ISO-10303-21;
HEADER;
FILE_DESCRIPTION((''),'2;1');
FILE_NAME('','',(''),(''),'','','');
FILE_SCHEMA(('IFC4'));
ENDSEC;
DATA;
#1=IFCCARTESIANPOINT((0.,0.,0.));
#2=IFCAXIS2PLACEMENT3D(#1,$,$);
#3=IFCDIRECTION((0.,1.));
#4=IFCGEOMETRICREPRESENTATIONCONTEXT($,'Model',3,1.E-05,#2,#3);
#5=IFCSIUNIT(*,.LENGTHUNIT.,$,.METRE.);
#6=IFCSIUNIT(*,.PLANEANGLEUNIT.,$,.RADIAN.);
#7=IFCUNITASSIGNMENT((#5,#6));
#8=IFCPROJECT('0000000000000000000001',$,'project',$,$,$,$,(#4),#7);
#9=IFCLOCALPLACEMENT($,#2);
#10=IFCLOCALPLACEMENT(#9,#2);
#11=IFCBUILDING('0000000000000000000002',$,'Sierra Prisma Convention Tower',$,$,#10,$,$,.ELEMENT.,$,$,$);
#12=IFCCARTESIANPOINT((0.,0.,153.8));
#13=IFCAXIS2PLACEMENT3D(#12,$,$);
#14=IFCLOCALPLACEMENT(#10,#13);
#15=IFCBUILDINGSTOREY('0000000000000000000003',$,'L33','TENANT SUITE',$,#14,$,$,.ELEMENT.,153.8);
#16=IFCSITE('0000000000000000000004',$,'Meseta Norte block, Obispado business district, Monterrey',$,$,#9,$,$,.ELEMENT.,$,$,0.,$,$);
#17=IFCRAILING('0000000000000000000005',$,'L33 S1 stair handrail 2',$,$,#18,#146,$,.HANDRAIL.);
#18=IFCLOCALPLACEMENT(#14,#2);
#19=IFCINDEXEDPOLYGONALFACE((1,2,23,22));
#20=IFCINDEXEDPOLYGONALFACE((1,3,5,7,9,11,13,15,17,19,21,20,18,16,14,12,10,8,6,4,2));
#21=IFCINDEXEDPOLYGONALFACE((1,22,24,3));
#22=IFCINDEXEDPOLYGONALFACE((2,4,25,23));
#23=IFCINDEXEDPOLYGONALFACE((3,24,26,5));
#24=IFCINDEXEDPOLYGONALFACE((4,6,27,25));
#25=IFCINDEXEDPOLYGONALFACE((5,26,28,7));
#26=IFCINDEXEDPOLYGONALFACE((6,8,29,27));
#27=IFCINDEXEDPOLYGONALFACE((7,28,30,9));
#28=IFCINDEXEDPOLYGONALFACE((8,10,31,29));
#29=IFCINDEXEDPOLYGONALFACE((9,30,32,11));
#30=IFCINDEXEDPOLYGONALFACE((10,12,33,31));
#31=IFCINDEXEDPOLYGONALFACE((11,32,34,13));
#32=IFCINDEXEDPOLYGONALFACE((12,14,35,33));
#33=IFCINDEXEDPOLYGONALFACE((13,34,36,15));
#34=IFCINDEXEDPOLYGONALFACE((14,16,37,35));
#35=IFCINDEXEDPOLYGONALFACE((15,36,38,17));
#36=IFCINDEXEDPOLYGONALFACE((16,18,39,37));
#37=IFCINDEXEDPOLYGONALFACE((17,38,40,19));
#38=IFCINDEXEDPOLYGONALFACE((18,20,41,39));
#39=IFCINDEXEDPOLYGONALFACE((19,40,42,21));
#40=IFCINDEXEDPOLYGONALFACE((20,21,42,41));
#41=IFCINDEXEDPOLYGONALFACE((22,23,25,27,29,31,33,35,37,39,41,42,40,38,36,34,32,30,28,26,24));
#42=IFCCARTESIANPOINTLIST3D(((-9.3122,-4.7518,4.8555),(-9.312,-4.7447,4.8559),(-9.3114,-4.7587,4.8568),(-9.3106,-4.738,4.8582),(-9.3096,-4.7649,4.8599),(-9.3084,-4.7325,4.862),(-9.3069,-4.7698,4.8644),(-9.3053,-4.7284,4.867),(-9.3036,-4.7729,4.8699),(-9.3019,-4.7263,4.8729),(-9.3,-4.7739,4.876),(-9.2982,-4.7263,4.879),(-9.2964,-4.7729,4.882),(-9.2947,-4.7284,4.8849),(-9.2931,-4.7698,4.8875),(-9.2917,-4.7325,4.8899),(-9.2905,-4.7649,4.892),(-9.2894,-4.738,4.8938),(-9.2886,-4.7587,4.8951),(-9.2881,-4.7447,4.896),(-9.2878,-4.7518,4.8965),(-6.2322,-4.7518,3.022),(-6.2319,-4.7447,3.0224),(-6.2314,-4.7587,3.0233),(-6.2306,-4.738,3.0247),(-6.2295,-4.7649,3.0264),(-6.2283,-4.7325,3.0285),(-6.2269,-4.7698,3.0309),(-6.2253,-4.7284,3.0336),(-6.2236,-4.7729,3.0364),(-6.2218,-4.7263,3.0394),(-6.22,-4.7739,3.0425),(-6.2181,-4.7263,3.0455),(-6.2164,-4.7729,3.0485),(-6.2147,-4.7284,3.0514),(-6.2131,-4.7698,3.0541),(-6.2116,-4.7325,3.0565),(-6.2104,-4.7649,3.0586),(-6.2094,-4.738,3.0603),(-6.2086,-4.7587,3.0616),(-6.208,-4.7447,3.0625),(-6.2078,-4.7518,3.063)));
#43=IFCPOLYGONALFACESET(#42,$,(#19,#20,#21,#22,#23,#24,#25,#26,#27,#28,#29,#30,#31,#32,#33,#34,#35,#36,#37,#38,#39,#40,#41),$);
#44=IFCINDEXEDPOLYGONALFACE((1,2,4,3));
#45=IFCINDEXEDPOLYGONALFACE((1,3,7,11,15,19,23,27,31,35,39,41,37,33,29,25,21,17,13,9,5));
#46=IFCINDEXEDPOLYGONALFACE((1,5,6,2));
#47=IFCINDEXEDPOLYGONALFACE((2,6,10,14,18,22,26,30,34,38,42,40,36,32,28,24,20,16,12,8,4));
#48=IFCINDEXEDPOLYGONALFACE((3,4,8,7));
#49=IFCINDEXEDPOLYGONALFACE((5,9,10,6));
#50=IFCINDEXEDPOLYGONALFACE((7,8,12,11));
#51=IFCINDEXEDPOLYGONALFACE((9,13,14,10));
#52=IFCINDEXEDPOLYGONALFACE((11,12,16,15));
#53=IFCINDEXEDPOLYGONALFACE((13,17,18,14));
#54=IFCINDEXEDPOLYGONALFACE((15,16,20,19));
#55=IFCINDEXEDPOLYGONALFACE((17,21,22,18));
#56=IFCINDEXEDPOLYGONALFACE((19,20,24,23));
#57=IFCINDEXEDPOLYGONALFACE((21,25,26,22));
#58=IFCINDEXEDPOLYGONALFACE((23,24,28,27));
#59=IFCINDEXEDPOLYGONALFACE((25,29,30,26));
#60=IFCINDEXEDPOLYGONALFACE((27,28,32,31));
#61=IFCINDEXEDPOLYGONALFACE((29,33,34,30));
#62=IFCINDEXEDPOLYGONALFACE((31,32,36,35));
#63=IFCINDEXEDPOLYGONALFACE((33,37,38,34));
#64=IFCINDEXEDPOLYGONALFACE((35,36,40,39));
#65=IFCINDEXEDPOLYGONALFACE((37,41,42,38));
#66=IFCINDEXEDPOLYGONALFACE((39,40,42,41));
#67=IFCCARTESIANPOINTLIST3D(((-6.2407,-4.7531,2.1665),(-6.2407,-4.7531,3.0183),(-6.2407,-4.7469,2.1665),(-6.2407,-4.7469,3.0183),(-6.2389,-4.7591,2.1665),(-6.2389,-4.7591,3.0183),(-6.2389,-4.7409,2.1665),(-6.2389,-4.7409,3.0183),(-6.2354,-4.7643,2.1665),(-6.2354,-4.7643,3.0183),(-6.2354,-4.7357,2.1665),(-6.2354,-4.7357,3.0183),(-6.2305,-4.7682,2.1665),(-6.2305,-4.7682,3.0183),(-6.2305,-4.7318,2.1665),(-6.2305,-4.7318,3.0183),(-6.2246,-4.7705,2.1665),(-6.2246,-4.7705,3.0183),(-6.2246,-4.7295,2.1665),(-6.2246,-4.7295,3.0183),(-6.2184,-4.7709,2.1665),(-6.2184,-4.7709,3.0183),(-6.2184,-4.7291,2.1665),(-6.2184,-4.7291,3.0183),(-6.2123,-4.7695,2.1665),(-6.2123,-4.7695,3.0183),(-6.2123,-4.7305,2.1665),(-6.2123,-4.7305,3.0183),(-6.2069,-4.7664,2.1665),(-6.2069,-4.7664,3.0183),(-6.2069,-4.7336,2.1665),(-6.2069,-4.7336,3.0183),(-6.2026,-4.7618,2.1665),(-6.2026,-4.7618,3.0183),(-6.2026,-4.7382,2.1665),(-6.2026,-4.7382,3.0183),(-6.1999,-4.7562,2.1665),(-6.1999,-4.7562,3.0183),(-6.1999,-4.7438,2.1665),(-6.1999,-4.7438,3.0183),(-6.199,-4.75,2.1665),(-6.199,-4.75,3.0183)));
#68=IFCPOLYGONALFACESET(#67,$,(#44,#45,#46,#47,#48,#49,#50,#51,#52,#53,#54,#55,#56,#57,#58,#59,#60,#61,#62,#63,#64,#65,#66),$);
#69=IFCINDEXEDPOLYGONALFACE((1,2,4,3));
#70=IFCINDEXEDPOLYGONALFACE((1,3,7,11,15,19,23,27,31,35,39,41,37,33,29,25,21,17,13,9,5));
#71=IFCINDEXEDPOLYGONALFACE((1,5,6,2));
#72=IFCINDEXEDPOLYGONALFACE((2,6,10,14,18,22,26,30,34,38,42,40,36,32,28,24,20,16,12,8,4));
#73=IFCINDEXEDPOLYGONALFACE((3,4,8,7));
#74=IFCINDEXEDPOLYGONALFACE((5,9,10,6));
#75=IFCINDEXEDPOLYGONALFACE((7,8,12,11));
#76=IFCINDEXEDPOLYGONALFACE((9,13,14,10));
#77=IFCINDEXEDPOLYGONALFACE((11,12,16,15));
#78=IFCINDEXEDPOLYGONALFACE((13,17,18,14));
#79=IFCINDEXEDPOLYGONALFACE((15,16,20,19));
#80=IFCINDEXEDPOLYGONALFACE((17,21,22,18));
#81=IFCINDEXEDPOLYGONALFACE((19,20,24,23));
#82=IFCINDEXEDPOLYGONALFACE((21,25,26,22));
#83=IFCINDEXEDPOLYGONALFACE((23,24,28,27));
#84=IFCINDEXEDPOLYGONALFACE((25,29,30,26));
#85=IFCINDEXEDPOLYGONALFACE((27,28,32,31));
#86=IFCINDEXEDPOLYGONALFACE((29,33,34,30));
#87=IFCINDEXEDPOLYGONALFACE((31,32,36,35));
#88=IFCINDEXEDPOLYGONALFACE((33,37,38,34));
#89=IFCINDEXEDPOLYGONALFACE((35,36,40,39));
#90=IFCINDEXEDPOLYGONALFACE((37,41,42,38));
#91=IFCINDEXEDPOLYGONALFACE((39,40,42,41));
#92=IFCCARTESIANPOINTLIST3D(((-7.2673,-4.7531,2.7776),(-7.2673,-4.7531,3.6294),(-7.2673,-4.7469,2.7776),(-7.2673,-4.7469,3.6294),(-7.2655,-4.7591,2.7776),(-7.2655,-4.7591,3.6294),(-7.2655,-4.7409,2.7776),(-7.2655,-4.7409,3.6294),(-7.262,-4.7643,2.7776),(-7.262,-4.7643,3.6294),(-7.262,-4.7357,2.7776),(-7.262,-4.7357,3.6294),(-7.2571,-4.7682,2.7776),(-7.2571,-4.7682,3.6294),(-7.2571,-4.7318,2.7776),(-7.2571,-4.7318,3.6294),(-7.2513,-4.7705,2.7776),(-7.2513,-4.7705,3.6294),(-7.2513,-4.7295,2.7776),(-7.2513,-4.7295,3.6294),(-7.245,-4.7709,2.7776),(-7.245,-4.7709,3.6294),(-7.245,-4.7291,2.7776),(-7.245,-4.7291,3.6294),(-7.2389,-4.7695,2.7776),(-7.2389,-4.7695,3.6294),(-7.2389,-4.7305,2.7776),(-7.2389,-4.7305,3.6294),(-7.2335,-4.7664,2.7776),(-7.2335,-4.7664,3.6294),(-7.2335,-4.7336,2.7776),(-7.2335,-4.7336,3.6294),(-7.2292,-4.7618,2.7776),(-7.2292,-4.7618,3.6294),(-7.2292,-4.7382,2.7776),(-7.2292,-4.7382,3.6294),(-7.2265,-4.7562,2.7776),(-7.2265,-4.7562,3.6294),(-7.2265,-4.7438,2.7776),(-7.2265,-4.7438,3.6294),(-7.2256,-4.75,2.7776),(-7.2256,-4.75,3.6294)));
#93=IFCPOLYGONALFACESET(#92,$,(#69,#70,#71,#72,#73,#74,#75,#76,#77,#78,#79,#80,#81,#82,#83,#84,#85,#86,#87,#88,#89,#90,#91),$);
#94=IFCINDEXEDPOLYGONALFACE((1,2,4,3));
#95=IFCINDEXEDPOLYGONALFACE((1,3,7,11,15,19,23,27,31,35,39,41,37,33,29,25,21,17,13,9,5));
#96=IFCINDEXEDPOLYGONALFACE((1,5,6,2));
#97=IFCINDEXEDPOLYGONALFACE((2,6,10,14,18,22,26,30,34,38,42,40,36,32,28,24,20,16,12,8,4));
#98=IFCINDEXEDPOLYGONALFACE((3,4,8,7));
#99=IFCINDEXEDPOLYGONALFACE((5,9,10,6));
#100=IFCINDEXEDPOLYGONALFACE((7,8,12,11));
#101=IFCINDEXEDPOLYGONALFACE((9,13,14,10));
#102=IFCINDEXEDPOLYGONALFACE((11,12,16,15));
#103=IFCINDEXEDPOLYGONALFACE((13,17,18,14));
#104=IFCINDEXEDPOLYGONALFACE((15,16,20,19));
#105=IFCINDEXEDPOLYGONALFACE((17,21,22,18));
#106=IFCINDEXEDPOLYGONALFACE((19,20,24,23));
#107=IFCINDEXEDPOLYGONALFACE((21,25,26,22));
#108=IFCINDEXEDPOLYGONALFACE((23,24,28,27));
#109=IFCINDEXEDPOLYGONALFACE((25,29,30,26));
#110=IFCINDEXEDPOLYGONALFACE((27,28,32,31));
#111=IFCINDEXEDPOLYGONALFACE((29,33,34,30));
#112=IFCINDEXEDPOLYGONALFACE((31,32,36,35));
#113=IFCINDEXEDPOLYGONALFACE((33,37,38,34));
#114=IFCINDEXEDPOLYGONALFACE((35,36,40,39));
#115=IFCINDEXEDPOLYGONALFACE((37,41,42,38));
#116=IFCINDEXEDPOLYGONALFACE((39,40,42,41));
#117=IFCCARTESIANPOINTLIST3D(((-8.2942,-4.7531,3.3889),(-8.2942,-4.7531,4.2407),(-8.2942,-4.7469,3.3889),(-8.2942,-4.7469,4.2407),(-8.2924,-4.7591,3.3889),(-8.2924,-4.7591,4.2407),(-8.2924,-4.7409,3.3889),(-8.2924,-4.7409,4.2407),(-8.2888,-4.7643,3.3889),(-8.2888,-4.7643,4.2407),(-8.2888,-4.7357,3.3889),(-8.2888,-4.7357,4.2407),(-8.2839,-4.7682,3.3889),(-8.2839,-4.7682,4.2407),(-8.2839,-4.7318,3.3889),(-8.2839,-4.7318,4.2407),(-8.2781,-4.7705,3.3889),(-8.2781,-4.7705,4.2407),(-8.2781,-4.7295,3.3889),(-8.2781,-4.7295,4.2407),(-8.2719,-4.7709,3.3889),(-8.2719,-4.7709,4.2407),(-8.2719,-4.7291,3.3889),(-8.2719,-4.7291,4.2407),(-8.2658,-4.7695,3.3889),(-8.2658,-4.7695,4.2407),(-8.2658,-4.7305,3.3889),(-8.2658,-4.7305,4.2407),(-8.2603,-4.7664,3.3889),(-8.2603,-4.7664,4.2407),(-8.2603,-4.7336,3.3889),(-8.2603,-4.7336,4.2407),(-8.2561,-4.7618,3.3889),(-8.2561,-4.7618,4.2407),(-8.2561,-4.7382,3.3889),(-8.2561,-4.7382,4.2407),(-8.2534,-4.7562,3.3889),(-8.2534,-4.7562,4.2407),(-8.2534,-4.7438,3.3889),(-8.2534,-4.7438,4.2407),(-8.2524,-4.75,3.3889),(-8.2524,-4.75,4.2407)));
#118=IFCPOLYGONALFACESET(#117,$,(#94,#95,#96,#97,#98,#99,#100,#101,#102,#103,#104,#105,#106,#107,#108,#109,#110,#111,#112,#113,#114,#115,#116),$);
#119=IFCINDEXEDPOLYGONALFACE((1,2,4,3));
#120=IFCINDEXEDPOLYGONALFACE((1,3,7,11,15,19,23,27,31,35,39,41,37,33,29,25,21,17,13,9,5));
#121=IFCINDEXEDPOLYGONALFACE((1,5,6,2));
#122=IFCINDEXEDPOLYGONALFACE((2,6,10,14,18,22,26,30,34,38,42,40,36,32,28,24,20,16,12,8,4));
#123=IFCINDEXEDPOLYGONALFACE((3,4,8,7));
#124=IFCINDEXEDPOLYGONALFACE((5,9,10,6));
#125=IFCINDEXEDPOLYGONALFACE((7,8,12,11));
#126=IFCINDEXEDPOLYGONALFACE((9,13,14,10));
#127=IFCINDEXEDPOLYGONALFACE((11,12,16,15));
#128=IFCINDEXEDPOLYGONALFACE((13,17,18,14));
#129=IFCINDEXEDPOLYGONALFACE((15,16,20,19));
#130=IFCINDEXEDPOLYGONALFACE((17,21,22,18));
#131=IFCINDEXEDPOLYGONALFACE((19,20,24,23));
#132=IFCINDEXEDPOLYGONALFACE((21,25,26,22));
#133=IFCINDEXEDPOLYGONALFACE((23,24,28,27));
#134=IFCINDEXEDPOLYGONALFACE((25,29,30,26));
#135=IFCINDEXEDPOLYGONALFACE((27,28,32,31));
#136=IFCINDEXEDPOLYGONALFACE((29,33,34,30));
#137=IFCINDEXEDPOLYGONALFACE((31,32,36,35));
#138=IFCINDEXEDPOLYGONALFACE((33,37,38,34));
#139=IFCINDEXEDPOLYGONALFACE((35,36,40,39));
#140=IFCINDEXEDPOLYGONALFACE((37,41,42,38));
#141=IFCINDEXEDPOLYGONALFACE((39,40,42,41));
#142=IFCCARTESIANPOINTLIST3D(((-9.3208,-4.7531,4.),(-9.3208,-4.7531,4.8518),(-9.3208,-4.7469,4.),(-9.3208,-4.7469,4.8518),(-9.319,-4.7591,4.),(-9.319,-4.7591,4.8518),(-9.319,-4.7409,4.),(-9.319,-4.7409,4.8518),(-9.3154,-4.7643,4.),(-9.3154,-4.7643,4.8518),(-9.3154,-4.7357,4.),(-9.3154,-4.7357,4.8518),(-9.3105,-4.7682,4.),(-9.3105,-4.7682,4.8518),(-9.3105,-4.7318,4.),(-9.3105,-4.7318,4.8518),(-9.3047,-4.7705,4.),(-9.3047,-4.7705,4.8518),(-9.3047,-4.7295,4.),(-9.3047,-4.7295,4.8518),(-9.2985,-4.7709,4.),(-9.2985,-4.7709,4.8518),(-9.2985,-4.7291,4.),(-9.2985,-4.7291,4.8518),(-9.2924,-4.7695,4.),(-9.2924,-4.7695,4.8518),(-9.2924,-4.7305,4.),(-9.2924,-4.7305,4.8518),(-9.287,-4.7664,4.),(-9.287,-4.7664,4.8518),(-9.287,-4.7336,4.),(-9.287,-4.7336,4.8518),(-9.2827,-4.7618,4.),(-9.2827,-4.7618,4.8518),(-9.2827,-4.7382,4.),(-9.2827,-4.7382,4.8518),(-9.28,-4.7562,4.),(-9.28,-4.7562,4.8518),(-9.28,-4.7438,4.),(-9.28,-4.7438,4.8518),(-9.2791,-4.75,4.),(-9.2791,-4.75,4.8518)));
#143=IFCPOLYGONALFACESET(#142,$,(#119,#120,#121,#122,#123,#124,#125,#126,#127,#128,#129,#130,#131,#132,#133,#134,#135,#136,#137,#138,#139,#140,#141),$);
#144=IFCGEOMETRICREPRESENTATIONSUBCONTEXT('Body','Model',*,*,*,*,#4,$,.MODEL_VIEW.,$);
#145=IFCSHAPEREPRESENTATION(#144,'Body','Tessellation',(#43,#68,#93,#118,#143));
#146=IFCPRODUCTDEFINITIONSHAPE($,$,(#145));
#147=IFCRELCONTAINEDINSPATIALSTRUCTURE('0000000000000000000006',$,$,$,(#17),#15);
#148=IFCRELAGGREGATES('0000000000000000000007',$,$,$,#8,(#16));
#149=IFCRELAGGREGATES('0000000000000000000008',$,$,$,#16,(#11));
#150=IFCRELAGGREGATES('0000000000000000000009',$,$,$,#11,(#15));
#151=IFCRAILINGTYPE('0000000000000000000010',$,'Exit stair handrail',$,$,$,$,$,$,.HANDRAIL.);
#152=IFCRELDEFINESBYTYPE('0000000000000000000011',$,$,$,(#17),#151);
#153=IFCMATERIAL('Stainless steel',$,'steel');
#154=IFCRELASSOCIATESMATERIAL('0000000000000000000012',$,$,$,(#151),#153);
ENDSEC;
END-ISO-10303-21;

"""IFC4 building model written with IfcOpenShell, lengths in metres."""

from ifc_helpers import new_model, si_unit, direction, frame, origin, origin_2d, place, context, subcontext, project, spatial, circle, extrude, material, type_object, element, save


model = new_model("IFC4")

# Units and contexts
model_context = context("Model", 3, precision=1e-05, world=origin(), true_north=direction((0.0, 1.0)))
body_context = subcontext(model_context, "Body", "Model", "MODEL_VIEW")
ifc_project = project(units=[si_unit("LENGTHUNIT", "METRE"), si_unit("PLANEANGLEUNIT", "RADIAN")], contexts=[model_context])

# Site, building, storey
site_placement = place(None, origin())
site = spatial("IfcSite", under=ifc_project, at=site_placement, Name="Meseta Norte block, Obispado business district, Monterrey", CompositionType="ELEMENT", RefElevation=0.0)
building_placement = place(site_placement, origin())
building = spatial("IfcBuilding", under=site, at=building_placement, Name="Sierra Prisma Convention Tower", CompositionType="ELEMENT")
storey_placement = place(building_placement, frame((0.0, 0.0, 153.8)))
storey = spatial("IfcBuildingStorey", under=building, at=storey_placement, Name="L33", Description="TENANT SUITE", CompositionType="ELEMENT", Elevation=153.8)

# Railing
ifc_material_1 = material(Name="Stainless steel", Category="steel")
railing_type_1 = type_object("IfcRailingType", Name="Exit stair handrail", PredefinedType="HANDRAIL", material=ifc_material_1)
railing_1_placement = place(storey_placement, frame((-6.22, -4.75, 2.1665)))
element("IfcRailing", 1, at=railing_1_placement, inside=storey, type_object=railing_type_1, Name="L33 S1 stair handrail 2", PredefinedType="HANDRAIL", context=body_context, shape_type="SweptSolid", body=[
    extrude(circle(Radius=0.0239, at=origin_2d()), frame((0.0, 0.0, 0.876), z_axis=(-0.859279, 0.0, 0.511508), x_axis=(0.0, -1.0, 0.0)), (0.0, 0.0, 1.0), 3.5845),
    extrude(circle(Radius=0.021, at=origin_2d()), origin(), (0.0, 0.0, 1.0), 0.8518),
    extrude(circle(Radius=0.021, at=origin_2d()), frame((-1.0266, 0.0, 0.6111)), (0.0, 0.0, 1.0), 0.8518),
    extrude(circle(Radius=0.021, at=origin_2d()), frame((-2.0535, 0.0, 1.2224)), (0.0, 0.0, 1.0), 0.8518),
    extrude(circle(Radius=0.021, at=origin_2d()), frame((-3.0801, 0.0, 1.8335)), (0.0, 0.0, 1.0), 0.8518),
])

save(model, "model.ifc")
